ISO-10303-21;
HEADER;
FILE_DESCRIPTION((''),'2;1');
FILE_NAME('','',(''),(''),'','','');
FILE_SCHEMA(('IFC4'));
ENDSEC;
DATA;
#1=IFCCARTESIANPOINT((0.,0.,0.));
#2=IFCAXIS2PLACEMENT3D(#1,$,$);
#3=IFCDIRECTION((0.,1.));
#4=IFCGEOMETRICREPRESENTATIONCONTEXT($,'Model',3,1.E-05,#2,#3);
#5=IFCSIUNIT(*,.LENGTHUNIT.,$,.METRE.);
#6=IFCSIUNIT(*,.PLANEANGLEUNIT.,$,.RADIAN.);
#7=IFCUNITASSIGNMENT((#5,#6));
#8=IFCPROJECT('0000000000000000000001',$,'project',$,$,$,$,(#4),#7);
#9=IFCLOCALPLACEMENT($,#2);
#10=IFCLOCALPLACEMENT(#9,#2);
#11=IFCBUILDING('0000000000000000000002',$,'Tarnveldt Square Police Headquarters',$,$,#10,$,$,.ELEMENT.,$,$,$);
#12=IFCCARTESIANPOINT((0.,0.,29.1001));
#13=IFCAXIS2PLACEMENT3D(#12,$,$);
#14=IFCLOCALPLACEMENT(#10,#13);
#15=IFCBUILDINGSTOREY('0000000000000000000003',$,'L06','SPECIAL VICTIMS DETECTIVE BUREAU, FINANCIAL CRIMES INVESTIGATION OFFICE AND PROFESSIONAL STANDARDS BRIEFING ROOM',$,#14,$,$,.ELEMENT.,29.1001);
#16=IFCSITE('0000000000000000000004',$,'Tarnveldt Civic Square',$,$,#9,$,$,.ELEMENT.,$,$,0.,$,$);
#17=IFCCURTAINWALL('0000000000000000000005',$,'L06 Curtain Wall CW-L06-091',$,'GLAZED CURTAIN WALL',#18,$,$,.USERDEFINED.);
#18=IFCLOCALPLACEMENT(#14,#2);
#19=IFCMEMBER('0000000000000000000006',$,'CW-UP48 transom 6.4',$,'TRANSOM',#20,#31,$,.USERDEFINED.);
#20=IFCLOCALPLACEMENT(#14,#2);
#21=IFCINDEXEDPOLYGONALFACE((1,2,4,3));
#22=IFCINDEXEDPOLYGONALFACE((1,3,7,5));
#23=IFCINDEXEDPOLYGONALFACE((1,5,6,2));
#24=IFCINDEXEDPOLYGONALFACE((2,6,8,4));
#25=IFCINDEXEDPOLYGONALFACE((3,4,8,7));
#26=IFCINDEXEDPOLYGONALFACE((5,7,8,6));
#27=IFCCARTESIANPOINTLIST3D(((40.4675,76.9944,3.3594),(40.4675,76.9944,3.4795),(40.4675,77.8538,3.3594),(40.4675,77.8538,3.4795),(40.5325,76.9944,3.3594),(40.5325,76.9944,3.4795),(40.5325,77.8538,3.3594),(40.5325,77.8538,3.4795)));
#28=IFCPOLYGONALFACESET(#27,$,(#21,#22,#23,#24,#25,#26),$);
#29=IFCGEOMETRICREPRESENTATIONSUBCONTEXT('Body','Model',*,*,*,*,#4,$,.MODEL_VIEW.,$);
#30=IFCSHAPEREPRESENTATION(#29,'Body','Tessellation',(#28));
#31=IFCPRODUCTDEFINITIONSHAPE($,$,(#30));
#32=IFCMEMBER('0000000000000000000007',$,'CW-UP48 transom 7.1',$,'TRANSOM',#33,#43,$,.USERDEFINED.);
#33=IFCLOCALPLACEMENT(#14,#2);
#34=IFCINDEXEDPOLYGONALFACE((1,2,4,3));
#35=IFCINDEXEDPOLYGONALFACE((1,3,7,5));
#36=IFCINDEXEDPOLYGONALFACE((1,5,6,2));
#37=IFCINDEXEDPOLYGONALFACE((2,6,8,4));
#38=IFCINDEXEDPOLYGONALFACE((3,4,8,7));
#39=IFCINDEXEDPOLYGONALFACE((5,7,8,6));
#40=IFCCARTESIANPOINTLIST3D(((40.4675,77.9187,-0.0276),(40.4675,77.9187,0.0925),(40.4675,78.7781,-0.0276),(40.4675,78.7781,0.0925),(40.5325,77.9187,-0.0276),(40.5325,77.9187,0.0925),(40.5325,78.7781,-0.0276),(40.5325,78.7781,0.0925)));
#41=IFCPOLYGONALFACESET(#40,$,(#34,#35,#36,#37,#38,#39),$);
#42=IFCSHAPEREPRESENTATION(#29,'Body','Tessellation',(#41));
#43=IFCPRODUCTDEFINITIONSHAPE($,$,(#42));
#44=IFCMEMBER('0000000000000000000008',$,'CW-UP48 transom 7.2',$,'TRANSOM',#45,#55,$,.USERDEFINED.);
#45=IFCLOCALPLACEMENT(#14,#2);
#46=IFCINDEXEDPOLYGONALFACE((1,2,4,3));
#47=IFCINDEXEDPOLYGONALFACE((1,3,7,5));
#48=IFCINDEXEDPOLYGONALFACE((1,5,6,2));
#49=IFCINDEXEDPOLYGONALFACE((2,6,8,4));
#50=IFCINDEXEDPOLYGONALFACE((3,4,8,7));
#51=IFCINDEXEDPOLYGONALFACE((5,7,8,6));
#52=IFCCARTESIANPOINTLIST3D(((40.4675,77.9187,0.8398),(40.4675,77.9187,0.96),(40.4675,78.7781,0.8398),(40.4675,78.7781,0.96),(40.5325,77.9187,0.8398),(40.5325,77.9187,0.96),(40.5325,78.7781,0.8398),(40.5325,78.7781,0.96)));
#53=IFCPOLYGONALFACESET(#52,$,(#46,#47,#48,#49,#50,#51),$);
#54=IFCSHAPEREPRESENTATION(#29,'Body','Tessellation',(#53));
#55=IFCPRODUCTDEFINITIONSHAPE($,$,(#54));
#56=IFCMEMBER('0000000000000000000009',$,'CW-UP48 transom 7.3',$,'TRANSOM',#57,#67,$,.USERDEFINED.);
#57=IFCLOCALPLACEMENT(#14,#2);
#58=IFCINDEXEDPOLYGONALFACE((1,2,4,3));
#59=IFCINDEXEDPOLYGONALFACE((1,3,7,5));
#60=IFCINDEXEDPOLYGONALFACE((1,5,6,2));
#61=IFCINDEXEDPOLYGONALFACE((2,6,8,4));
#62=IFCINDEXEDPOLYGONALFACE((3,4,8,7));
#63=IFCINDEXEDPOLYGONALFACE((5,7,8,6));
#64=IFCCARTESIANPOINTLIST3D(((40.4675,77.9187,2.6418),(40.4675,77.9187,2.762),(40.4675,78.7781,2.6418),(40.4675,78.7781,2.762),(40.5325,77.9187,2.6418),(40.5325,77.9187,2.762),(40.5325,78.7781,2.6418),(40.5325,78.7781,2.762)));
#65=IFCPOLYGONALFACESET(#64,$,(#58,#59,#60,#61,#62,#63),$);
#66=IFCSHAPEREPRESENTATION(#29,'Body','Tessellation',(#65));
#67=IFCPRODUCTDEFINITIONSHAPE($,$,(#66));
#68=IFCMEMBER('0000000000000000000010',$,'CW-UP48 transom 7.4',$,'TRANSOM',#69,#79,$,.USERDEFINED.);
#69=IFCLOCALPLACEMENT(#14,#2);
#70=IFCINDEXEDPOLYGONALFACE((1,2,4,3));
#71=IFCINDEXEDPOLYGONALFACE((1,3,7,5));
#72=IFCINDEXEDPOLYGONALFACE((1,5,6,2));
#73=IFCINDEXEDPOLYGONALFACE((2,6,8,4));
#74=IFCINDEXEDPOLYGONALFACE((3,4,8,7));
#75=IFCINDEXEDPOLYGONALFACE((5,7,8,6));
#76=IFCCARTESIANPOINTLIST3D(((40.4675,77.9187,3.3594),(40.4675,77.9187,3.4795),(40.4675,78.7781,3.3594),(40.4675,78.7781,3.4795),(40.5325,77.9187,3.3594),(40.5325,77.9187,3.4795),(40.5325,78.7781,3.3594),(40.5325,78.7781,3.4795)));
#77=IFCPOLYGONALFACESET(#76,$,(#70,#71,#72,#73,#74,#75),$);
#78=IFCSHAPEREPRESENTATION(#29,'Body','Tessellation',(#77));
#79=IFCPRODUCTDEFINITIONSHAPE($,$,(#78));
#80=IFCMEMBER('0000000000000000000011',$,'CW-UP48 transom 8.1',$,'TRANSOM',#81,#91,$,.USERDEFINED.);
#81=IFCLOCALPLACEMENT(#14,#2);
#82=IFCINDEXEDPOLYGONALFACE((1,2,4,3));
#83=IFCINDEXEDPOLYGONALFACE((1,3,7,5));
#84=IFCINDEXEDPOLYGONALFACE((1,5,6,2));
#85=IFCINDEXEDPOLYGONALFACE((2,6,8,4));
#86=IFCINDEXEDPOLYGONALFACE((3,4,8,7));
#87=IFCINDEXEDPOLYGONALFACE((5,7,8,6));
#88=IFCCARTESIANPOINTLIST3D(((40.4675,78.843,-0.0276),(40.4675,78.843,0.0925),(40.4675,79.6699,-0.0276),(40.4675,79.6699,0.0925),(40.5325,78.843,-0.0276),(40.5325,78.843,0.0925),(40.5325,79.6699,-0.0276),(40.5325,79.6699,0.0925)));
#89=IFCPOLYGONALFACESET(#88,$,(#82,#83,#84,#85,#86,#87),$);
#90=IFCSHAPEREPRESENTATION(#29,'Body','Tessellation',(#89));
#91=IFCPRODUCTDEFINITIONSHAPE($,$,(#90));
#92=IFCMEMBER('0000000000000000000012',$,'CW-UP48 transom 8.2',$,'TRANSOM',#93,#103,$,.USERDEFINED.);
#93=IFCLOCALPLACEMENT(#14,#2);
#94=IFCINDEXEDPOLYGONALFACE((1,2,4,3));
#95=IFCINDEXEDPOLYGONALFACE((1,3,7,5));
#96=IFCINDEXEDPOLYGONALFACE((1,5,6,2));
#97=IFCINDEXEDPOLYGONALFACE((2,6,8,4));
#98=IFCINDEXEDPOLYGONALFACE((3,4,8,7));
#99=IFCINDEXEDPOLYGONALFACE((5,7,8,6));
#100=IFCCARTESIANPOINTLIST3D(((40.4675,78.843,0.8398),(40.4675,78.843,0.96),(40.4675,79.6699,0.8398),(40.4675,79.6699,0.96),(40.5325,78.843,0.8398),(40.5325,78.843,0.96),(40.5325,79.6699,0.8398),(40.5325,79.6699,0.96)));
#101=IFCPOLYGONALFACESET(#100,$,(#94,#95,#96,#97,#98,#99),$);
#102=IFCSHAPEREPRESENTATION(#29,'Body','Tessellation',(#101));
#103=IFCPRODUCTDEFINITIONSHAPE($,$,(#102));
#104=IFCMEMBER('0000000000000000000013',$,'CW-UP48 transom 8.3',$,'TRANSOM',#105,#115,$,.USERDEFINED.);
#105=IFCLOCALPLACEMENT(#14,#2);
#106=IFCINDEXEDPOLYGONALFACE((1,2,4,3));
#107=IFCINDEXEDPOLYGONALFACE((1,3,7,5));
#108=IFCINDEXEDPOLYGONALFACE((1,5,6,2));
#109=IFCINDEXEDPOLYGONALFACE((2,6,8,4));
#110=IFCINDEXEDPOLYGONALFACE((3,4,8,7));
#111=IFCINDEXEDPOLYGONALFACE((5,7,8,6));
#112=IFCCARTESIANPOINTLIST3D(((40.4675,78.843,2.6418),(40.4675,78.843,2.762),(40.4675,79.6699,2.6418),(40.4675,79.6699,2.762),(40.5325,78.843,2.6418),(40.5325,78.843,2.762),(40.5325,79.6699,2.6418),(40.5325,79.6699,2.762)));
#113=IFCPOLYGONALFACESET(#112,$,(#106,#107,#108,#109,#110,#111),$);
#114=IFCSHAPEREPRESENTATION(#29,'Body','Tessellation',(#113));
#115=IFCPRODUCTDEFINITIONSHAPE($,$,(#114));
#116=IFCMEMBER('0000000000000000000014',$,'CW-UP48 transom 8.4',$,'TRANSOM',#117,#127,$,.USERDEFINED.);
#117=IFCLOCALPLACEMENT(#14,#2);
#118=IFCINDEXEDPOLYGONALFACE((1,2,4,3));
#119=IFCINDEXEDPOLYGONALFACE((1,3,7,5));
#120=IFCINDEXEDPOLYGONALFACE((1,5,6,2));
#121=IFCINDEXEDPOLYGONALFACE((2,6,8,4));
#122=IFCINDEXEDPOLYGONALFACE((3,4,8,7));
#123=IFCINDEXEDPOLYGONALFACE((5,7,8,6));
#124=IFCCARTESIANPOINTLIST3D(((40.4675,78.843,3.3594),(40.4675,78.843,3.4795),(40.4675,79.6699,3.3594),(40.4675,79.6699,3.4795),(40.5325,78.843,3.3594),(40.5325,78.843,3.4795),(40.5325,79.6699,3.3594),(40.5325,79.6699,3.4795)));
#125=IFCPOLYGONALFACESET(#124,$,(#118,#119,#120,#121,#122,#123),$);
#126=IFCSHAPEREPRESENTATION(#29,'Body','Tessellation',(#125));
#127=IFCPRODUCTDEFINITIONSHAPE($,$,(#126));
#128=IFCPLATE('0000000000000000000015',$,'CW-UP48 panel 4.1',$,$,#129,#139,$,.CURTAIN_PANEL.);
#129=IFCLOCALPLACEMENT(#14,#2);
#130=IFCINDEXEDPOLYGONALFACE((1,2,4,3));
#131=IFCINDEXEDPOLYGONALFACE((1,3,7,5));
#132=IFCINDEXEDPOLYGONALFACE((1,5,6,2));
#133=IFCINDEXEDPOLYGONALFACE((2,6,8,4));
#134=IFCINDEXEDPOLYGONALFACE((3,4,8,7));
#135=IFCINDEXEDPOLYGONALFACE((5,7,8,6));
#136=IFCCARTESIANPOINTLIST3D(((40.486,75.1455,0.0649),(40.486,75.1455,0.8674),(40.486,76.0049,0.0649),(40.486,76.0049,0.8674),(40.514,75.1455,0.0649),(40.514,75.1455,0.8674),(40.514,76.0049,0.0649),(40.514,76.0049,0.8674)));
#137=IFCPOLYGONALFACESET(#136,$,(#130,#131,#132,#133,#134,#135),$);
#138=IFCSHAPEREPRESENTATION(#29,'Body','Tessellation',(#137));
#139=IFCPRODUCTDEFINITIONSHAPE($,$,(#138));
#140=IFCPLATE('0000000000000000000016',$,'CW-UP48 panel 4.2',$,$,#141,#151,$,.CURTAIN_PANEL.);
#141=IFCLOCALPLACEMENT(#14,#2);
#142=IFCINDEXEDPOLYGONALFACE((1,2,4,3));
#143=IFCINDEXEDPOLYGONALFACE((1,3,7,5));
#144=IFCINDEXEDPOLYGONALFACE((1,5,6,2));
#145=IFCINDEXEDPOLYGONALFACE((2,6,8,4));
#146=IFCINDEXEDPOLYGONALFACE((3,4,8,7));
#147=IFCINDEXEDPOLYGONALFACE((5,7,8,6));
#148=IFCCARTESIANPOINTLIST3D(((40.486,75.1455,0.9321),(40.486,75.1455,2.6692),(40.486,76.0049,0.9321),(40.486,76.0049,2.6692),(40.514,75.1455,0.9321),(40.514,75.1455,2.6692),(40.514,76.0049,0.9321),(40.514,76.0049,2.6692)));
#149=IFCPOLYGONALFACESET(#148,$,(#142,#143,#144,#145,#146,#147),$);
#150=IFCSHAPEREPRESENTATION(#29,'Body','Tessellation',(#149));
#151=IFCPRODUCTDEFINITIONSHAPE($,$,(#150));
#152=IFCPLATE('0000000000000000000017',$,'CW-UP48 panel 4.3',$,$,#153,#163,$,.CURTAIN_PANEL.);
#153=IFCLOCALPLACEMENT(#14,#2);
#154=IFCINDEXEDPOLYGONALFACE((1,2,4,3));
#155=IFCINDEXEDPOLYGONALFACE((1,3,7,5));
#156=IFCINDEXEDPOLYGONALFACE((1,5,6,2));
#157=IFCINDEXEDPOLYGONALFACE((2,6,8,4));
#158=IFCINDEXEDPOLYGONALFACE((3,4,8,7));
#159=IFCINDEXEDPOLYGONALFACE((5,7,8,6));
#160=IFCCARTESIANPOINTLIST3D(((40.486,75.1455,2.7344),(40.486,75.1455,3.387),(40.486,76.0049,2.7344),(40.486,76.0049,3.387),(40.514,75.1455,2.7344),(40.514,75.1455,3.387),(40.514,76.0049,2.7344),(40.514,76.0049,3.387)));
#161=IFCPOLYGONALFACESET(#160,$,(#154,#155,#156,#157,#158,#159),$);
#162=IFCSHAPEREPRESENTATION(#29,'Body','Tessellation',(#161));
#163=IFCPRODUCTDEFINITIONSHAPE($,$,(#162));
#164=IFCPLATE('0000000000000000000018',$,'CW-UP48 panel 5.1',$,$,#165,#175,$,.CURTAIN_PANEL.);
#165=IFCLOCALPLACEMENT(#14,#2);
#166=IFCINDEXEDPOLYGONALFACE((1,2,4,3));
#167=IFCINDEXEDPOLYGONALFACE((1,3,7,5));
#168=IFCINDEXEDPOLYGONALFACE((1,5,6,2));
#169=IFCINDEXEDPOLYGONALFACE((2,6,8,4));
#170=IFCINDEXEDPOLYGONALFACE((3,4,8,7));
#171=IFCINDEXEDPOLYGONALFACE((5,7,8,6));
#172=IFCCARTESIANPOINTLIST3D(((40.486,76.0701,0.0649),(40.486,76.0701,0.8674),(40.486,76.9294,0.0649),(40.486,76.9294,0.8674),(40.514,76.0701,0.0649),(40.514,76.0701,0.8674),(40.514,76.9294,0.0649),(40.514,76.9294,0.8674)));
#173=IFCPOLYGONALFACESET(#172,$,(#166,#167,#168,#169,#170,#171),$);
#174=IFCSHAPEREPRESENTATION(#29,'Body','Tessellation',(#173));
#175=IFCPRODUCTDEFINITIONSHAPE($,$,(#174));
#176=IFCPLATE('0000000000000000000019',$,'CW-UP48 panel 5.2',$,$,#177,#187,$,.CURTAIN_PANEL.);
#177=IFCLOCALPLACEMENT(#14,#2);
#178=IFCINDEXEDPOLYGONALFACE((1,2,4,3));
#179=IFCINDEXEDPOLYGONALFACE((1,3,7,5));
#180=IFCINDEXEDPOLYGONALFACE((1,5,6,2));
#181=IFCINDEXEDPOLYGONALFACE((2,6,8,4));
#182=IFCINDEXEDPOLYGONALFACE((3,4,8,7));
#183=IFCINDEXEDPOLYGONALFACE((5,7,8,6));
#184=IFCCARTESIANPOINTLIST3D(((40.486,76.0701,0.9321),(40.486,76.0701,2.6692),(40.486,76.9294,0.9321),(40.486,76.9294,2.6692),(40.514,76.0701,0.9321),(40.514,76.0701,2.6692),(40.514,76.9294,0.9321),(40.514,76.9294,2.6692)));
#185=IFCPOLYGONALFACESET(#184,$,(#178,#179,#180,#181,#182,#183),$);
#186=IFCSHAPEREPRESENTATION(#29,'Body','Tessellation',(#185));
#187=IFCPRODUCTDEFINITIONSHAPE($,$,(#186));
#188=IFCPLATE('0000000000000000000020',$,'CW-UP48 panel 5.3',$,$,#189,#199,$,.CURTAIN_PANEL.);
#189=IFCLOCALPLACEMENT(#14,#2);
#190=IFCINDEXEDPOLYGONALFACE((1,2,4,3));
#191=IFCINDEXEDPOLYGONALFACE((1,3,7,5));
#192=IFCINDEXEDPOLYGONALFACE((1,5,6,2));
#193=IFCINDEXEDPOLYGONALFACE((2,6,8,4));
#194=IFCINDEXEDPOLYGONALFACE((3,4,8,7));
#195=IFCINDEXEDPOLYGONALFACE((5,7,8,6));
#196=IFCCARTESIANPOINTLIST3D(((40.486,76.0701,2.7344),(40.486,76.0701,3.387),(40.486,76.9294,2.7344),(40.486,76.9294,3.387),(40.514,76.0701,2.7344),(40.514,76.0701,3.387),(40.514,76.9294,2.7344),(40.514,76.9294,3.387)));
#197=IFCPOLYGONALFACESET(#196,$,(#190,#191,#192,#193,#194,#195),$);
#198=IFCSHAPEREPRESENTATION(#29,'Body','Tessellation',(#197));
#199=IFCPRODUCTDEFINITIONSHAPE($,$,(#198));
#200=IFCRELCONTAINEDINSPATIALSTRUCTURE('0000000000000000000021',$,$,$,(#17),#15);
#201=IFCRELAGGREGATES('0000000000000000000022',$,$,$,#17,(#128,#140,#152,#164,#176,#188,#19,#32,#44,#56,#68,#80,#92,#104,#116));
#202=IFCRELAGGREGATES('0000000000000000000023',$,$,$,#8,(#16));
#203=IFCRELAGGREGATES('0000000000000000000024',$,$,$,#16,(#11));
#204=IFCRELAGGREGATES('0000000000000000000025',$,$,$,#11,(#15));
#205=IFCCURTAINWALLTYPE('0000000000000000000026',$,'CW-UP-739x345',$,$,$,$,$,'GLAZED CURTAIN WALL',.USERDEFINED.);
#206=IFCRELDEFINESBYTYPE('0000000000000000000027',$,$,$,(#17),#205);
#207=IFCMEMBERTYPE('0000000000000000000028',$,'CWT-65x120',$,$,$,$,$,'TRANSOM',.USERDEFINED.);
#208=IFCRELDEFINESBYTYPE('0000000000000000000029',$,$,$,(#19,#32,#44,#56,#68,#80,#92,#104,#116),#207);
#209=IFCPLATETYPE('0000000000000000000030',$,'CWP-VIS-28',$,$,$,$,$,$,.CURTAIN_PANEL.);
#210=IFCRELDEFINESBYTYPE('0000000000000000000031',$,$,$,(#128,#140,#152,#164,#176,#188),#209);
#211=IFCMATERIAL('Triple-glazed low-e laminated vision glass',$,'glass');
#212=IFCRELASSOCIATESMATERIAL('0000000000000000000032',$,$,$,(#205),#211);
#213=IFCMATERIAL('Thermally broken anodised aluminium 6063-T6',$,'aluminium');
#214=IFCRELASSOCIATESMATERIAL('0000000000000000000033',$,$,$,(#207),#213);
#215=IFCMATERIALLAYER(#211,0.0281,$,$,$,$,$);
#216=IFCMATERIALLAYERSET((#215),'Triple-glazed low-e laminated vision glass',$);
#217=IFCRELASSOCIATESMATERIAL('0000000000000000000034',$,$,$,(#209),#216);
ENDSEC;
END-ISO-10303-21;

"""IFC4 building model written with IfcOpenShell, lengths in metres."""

from ifc_helpers import new_model, si_unit, direction, frame, origin, origin_2d, place, context, subcontext, project, spatial, rectangle, extrude, material, layer, layer_set, material_profile, profile_set, type_object, element, aggregate, save


model = new_model("IFC4")

# Units and contexts
model_context = context("Model", 3, precision=1e-05, world=origin(), true_north=direction((0.0, 1.0)))
body_context = subcontext(model_context, "Body", "Model", "MODEL_VIEW")
ifc_project = project(units=[si_unit("LENGTHUNIT", "METRE"), si_unit("PLANEANGLEUNIT", "RADIAN")], contexts=[model_context])

# Site, building, storey
site_placement = place(None, origin())
site = spatial("IfcSite", under=ifc_project, at=site_placement, Name="Tarnveldt Civic Square", CompositionType="ELEMENT", RefElevation=0.0)
building_placement = place(site_placement, origin())
building = spatial("IfcBuilding", under=site, at=building_placement, Name="Tarnveldt Square Police Headquarters", CompositionType="ELEMENT")
storey_placement = place(building_placement, frame((0.0, 0.0, 29.1001)))
storey = spatial("IfcBuildingStorey", under=building, at=storey_placement, Name="L06", Description="SPECIAL VICTIMS DETECTIVE BUREAU, FINANCIAL CRIMES INVESTIGATION OFFICE AND PROFESSIONAL STANDARDS BRIEFING ROOM", CompositionType="ELEMENT", Elevation=29.1001)

# Curtain wall, members, plates
ifc_material_1 = material(Name="Triple-glazed low-e laminated vision glass", Category="glass")
curtain_wall_type = type_object("IfcCurtainWallType", Name="CW-UP-739x345", ElementType="GLAZED CURTAIN WALL", PredefinedType="USERDEFINED", material=ifc_material_1)
curtain_wall_placement = place(storey_placement, origin())
curtain_wall = element("IfcCurtainWall", 1, at=curtain_wall_placement, inside=storey, type_object=curtain_wall_type, Name="L06 Curtain Wall CW-L06-091", ObjectType="GLAZED CURTAIN WALL", PredefinedType="USERDEFINED")
ifc_material_2 = material(Name="Thermally broken anodised aluminium 6063-T6", Category="aluminium")
ifc_material_profile_1 = material_profile(ifc_material_2, rectangle(XDim=0.0649, YDim=0.1201, at=origin_2d()), Name="CW-T65x120")
ifc_profile_set_1 = profile_set([ifc_material_profile_1], Name="Thermally broken anodised aluminium 6063-T6")
member_type_1 = type_object("IfcMemberType", Name="CWT-65x120", ElementType="TRANSOM", PredefinedType="USERDEFINED", material=ifc_profile_set_1)
member_1_placement = place(storey_placement, frame((40.5, 76.9944, 3.4194), z_axis=(0.0, 1.0, 0.0), x_axis=(-1.0, 0.0, 0.0)))
member_1 = element("IfcMember", 2, at=member_1_placement, type_object=member_type_1, Name="CW-UP48 transom 6.4", ObjectType="TRANSOM", PredefinedType="USERDEFINED", context=body_context, shape_type="SweptSolid", body=[
    extrude(rectangle(XDim=0.0649, YDim=0.1201, at=origin_2d()), origin(), (0.0, 0.0, 1.0), 0.8594),
])
member_2_placement = place(storey_placement, frame((40.5, 77.9187, 0.0325), z_axis=(0.0, 1.0, 0.0), x_axis=(-1.0, 0.0, 0.0)))
member_2 = element("IfcMember", 3, at=member_2_placement, type_object=member_type_1, Name="CW-UP48 transom 7.1", ObjectType="TRANSOM", PredefinedType="USERDEFINED", context=body_context, shape_type="SweptSolid", body=[
    extrude(rectangle(XDim=0.0649, YDim=0.1201, at=origin_2d()), origin(), (0.0, 0.0, 1.0), 0.8594),
])
member_3_placement = place(storey_placement, frame((40.5, 77.9187, 0.8999), z_axis=(0.0, 1.0, 0.0), x_axis=(-1.0, 0.0, 0.0)))
member_3 = element("IfcMember", 4, at=member_3_placement, type_object=member_type_1, Name="CW-UP48 transom 7.2", ObjectType="TRANSOM", PredefinedType="USERDEFINED", context=body_context, shape_type="SweptSolid", body=[
    extrude(rectangle(XDim=0.0649, YDim=0.1201, at=origin_2d()), origin(), (0.0, 0.0, 1.0), 0.8594),
])
member_4_placement = place(storey_placement, frame((40.5, 77.9187, 2.7019), z_axis=(0.0, 1.0, 0.0), x_axis=(-1.0, 0.0, 0.0)))
member_4 = element("IfcMember", 5, at=member_4_placement, type_object=member_type_1, Name="CW-UP48 transom 7.3", ObjectType="TRANSOM", PredefinedType="USERDEFINED", context=body_context, shape_type="SweptSolid", body=[
    extrude(rectangle(XDim=0.0649, YDim=0.1201, at=origin_2d()), origin(), (0.0, 0.0, 1.0), 0.8594),
])
member_5_placement = place(storey_placement, frame((40.5, 77.9187, 3.4194), z_axis=(0.0, 1.0, 0.0), x_axis=(-1.0, 0.0, 0.0)))
member_5 = element("IfcMember", 6, at=member_5_placement, type_object=member_type_1, Name="CW-UP48 transom 7.4", ObjectType="TRANSOM", PredefinedType="USERDEFINED", context=body_context, shape_type="SweptSolid", body=[
    extrude(rectangle(XDim=0.0649, YDim=0.1201, at=origin_2d()), origin(), (0.0, 0.0, 1.0), 0.8594),
])
member_6_placement = place(storey_placement, frame((40.5, 78.843, 0.0325), z_axis=(0.0, 1.0, 0.0), x_axis=(-1.0, 0.0, 0.0)))
member_6 = element("IfcMember", 7, at=member_6_placement, type_object=member_type_1, Name="CW-UP48 transom 8.1", ObjectType="TRANSOM", PredefinedType="USERDEFINED", context=body_context, shape_type="SweptSolid", body=[
    extrude(rectangle(XDim=0.0649, YDim=0.1201, at=origin_2d()), origin(), (0.0, 0.0, 1.0), 0.8269),
])
member_7_placement = place(storey_placement, frame((40.5, 78.843, 0.8999), z_axis=(0.0, 1.0, 0.0), x_axis=(-1.0, 0.0, 0.0)))
member_7 = element("IfcMember", 8, at=member_7_placement, type_object=member_type_1, Name="CW-UP48 transom 8.2", ObjectType="TRANSOM", PredefinedType="USERDEFINED", context=body_context, shape_type="SweptSolid", body=[
    extrude(rectangle(XDim=0.0649, YDim=0.1201, at=origin_2d()), origin(), (0.0, 0.0, 1.0), 0.8269),
])
member_8_placement = place(storey_placement, frame((40.5, 78.843, 2.7019), z_axis=(0.0, 1.0, 0.0), x_axis=(-1.0, 0.0, 0.0)))
member_8 = element("IfcMember", 9, at=member_8_placement, type_object=member_type_1, Name="CW-UP48 transom 8.3", ObjectType="TRANSOM", PredefinedType="USERDEFINED", context=body_context, shape_type="SweptSolid", body=[
    extrude(rectangle(XDim=0.0649, YDim=0.1201, at=origin_2d()), origin(), (0.0, 0.0, 1.0), 0.8269),
])
member_9_placement = place(storey_placement, frame((40.5, 78.843, 3.4194), z_axis=(0.0, 1.0, 0.0), x_axis=(-1.0, 0.0, 0.0)))
member_9 = element("IfcMember", 10, at=member_9_placement, type_object=member_type_1, Name="CW-UP48 transom 8.4", ObjectType="TRANSOM", PredefinedType="USERDEFINED", context=body_context, shape_type="SweptSolid", body=[
    extrude(rectangle(XDim=0.0649, YDim=0.1201, at=origin_2d()), origin(), (0.0, 0.0, 1.0), 0.8269),
])
ifc_layer = layer(ifc_material_1, 0.0281)
ifc_layer_set = layer_set([ifc_layer], Name="Triple-glazed low-e laminated vision glass")
plate_type = type_object("IfcPlateType", Name="CWP-VIS-28", PredefinedType="CURTAIN_PANEL", material=ifc_layer_set)
plate_1_placement = place(storey_placement, frame((40.5, 75.5752, 0.0649), z_axis=(0.0, 0.0, 1.0), x_axis=(0.0, 1.0, 0.0)))
plate_1 = element("IfcPlate", 11, at=plate_1_placement, type_object=plate_type, Name="CW-UP48 panel 4.1", PredefinedType="CURTAIN_PANEL", context=body_context, shape_type="SweptSolid", body=[
    extrude(rectangle(XDim=0.8594, YDim=0.0281, at=origin_2d()), origin(), (0.0, 0.0, 1.0), 0.8025),
])
plate_2_placement = place(storey_placement, frame((40.5, 75.5752, 0.9321), z_axis=(0.0, 0.0, 1.0), x_axis=(0.0, 1.0, 0.0)))
plate_2 = element("IfcPlate", 12, at=plate_2_placement, type_object=plate_type, Name="CW-UP48 panel 4.2", PredefinedType="CURTAIN_PANEL", context=body_context, shape_type="SweptSolid", body=[
    extrude(rectangle(XDim=0.8594, YDim=0.0281, at=origin_2d()), origin(), (0.0, 0.0, 1.0), 1.7371),
])
plate_3_placement = place(storey_placement, frame((40.5, 75.5752, 2.7344), z_axis=(0.0, 0.0, 1.0), x_axis=(0.0, 1.0, 0.0)))
plate_3 = element("IfcPlate", 13, at=plate_3_placement, type_object=plate_type, Name="CW-UP48 panel 4.3", PredefinedType="CURTAIN_PANEL", context=body_context, shape_type="SweptSolid", body=[
    extrude(rectangle(XDim=0.8594, YDim=0.0281, at=origin_2d()), origin(), (0.0, 0.0, 1.0), 0.6526),
])
plate_4_placement = place(storey_placement, frame((40.5, 76.4998, 0.0649), z_axis=(0.0, 0.0, 1.0), x_axis=(0.0, 1.0, 0.0)))
plate_4 = element("IfcPlate", 14, at=plate_4_placement, type_object=plate_type, Name="CW-UP48 panel 5.1", PredefinedType="CURTAIN_PANEL", context=body_context, shape_type="SweptSolid", body=[
    extrude(rectangle(XDim=0.8594, YDim=0.0281, at=origin_2d()), origin(), (0.0, 0.0, 1.0), 0.8025),
])
plate_5_placement = place(storey_placement, frame((40.5, 76.4998, 0.9321), z_axis=(0.0, 0.0, 1.0), x_axis=(0.0, 1.0, 0.0)))
plate_5 = element("IfcPlate", 15, at=plate_5_placement, type_object=plate_type, Name="CW-UP48 panel 5.2", PredefinedType="CURTAIN_PANEL", context=body_context, shape_type="SweptSolid", body=[
    extrude(rectangle(XDim=0.8594, YDim=0.0281, at=origin_2d()), origin(), (0.0, 0.0, 1.0), 1.7371),
])
plate_6_placement = place(storey_placement, frame((40.5, 76.4998, 2.7344), z_axis=(0.0, 0.0, 1.0), x_axis=(0.0, 1.0, 0.0)))
plate_6 = element("IfcPlate", 16, at=plate_6_placement, type_object=plate_type, Name="CW-UP48 panel 5.3", PredefinedType="CURTAIN_PANEL", context=body_context, shape_type="SweptSolid", body=[
    extrude(rectangle(XDim=0.8594, YDim=0.0281, at=origin_2d()), origin(), (0.0, 0.0, 1.0), 0.6526),
])
aggregate(curtain_wall, [plate_1, plate_2, plate_3, plate_4, plate_5, plate_6, member_1, member_2, member_3, member_4, member_5, member_6, member_7, member_8, member_9])

save(model, "model.ifc")
